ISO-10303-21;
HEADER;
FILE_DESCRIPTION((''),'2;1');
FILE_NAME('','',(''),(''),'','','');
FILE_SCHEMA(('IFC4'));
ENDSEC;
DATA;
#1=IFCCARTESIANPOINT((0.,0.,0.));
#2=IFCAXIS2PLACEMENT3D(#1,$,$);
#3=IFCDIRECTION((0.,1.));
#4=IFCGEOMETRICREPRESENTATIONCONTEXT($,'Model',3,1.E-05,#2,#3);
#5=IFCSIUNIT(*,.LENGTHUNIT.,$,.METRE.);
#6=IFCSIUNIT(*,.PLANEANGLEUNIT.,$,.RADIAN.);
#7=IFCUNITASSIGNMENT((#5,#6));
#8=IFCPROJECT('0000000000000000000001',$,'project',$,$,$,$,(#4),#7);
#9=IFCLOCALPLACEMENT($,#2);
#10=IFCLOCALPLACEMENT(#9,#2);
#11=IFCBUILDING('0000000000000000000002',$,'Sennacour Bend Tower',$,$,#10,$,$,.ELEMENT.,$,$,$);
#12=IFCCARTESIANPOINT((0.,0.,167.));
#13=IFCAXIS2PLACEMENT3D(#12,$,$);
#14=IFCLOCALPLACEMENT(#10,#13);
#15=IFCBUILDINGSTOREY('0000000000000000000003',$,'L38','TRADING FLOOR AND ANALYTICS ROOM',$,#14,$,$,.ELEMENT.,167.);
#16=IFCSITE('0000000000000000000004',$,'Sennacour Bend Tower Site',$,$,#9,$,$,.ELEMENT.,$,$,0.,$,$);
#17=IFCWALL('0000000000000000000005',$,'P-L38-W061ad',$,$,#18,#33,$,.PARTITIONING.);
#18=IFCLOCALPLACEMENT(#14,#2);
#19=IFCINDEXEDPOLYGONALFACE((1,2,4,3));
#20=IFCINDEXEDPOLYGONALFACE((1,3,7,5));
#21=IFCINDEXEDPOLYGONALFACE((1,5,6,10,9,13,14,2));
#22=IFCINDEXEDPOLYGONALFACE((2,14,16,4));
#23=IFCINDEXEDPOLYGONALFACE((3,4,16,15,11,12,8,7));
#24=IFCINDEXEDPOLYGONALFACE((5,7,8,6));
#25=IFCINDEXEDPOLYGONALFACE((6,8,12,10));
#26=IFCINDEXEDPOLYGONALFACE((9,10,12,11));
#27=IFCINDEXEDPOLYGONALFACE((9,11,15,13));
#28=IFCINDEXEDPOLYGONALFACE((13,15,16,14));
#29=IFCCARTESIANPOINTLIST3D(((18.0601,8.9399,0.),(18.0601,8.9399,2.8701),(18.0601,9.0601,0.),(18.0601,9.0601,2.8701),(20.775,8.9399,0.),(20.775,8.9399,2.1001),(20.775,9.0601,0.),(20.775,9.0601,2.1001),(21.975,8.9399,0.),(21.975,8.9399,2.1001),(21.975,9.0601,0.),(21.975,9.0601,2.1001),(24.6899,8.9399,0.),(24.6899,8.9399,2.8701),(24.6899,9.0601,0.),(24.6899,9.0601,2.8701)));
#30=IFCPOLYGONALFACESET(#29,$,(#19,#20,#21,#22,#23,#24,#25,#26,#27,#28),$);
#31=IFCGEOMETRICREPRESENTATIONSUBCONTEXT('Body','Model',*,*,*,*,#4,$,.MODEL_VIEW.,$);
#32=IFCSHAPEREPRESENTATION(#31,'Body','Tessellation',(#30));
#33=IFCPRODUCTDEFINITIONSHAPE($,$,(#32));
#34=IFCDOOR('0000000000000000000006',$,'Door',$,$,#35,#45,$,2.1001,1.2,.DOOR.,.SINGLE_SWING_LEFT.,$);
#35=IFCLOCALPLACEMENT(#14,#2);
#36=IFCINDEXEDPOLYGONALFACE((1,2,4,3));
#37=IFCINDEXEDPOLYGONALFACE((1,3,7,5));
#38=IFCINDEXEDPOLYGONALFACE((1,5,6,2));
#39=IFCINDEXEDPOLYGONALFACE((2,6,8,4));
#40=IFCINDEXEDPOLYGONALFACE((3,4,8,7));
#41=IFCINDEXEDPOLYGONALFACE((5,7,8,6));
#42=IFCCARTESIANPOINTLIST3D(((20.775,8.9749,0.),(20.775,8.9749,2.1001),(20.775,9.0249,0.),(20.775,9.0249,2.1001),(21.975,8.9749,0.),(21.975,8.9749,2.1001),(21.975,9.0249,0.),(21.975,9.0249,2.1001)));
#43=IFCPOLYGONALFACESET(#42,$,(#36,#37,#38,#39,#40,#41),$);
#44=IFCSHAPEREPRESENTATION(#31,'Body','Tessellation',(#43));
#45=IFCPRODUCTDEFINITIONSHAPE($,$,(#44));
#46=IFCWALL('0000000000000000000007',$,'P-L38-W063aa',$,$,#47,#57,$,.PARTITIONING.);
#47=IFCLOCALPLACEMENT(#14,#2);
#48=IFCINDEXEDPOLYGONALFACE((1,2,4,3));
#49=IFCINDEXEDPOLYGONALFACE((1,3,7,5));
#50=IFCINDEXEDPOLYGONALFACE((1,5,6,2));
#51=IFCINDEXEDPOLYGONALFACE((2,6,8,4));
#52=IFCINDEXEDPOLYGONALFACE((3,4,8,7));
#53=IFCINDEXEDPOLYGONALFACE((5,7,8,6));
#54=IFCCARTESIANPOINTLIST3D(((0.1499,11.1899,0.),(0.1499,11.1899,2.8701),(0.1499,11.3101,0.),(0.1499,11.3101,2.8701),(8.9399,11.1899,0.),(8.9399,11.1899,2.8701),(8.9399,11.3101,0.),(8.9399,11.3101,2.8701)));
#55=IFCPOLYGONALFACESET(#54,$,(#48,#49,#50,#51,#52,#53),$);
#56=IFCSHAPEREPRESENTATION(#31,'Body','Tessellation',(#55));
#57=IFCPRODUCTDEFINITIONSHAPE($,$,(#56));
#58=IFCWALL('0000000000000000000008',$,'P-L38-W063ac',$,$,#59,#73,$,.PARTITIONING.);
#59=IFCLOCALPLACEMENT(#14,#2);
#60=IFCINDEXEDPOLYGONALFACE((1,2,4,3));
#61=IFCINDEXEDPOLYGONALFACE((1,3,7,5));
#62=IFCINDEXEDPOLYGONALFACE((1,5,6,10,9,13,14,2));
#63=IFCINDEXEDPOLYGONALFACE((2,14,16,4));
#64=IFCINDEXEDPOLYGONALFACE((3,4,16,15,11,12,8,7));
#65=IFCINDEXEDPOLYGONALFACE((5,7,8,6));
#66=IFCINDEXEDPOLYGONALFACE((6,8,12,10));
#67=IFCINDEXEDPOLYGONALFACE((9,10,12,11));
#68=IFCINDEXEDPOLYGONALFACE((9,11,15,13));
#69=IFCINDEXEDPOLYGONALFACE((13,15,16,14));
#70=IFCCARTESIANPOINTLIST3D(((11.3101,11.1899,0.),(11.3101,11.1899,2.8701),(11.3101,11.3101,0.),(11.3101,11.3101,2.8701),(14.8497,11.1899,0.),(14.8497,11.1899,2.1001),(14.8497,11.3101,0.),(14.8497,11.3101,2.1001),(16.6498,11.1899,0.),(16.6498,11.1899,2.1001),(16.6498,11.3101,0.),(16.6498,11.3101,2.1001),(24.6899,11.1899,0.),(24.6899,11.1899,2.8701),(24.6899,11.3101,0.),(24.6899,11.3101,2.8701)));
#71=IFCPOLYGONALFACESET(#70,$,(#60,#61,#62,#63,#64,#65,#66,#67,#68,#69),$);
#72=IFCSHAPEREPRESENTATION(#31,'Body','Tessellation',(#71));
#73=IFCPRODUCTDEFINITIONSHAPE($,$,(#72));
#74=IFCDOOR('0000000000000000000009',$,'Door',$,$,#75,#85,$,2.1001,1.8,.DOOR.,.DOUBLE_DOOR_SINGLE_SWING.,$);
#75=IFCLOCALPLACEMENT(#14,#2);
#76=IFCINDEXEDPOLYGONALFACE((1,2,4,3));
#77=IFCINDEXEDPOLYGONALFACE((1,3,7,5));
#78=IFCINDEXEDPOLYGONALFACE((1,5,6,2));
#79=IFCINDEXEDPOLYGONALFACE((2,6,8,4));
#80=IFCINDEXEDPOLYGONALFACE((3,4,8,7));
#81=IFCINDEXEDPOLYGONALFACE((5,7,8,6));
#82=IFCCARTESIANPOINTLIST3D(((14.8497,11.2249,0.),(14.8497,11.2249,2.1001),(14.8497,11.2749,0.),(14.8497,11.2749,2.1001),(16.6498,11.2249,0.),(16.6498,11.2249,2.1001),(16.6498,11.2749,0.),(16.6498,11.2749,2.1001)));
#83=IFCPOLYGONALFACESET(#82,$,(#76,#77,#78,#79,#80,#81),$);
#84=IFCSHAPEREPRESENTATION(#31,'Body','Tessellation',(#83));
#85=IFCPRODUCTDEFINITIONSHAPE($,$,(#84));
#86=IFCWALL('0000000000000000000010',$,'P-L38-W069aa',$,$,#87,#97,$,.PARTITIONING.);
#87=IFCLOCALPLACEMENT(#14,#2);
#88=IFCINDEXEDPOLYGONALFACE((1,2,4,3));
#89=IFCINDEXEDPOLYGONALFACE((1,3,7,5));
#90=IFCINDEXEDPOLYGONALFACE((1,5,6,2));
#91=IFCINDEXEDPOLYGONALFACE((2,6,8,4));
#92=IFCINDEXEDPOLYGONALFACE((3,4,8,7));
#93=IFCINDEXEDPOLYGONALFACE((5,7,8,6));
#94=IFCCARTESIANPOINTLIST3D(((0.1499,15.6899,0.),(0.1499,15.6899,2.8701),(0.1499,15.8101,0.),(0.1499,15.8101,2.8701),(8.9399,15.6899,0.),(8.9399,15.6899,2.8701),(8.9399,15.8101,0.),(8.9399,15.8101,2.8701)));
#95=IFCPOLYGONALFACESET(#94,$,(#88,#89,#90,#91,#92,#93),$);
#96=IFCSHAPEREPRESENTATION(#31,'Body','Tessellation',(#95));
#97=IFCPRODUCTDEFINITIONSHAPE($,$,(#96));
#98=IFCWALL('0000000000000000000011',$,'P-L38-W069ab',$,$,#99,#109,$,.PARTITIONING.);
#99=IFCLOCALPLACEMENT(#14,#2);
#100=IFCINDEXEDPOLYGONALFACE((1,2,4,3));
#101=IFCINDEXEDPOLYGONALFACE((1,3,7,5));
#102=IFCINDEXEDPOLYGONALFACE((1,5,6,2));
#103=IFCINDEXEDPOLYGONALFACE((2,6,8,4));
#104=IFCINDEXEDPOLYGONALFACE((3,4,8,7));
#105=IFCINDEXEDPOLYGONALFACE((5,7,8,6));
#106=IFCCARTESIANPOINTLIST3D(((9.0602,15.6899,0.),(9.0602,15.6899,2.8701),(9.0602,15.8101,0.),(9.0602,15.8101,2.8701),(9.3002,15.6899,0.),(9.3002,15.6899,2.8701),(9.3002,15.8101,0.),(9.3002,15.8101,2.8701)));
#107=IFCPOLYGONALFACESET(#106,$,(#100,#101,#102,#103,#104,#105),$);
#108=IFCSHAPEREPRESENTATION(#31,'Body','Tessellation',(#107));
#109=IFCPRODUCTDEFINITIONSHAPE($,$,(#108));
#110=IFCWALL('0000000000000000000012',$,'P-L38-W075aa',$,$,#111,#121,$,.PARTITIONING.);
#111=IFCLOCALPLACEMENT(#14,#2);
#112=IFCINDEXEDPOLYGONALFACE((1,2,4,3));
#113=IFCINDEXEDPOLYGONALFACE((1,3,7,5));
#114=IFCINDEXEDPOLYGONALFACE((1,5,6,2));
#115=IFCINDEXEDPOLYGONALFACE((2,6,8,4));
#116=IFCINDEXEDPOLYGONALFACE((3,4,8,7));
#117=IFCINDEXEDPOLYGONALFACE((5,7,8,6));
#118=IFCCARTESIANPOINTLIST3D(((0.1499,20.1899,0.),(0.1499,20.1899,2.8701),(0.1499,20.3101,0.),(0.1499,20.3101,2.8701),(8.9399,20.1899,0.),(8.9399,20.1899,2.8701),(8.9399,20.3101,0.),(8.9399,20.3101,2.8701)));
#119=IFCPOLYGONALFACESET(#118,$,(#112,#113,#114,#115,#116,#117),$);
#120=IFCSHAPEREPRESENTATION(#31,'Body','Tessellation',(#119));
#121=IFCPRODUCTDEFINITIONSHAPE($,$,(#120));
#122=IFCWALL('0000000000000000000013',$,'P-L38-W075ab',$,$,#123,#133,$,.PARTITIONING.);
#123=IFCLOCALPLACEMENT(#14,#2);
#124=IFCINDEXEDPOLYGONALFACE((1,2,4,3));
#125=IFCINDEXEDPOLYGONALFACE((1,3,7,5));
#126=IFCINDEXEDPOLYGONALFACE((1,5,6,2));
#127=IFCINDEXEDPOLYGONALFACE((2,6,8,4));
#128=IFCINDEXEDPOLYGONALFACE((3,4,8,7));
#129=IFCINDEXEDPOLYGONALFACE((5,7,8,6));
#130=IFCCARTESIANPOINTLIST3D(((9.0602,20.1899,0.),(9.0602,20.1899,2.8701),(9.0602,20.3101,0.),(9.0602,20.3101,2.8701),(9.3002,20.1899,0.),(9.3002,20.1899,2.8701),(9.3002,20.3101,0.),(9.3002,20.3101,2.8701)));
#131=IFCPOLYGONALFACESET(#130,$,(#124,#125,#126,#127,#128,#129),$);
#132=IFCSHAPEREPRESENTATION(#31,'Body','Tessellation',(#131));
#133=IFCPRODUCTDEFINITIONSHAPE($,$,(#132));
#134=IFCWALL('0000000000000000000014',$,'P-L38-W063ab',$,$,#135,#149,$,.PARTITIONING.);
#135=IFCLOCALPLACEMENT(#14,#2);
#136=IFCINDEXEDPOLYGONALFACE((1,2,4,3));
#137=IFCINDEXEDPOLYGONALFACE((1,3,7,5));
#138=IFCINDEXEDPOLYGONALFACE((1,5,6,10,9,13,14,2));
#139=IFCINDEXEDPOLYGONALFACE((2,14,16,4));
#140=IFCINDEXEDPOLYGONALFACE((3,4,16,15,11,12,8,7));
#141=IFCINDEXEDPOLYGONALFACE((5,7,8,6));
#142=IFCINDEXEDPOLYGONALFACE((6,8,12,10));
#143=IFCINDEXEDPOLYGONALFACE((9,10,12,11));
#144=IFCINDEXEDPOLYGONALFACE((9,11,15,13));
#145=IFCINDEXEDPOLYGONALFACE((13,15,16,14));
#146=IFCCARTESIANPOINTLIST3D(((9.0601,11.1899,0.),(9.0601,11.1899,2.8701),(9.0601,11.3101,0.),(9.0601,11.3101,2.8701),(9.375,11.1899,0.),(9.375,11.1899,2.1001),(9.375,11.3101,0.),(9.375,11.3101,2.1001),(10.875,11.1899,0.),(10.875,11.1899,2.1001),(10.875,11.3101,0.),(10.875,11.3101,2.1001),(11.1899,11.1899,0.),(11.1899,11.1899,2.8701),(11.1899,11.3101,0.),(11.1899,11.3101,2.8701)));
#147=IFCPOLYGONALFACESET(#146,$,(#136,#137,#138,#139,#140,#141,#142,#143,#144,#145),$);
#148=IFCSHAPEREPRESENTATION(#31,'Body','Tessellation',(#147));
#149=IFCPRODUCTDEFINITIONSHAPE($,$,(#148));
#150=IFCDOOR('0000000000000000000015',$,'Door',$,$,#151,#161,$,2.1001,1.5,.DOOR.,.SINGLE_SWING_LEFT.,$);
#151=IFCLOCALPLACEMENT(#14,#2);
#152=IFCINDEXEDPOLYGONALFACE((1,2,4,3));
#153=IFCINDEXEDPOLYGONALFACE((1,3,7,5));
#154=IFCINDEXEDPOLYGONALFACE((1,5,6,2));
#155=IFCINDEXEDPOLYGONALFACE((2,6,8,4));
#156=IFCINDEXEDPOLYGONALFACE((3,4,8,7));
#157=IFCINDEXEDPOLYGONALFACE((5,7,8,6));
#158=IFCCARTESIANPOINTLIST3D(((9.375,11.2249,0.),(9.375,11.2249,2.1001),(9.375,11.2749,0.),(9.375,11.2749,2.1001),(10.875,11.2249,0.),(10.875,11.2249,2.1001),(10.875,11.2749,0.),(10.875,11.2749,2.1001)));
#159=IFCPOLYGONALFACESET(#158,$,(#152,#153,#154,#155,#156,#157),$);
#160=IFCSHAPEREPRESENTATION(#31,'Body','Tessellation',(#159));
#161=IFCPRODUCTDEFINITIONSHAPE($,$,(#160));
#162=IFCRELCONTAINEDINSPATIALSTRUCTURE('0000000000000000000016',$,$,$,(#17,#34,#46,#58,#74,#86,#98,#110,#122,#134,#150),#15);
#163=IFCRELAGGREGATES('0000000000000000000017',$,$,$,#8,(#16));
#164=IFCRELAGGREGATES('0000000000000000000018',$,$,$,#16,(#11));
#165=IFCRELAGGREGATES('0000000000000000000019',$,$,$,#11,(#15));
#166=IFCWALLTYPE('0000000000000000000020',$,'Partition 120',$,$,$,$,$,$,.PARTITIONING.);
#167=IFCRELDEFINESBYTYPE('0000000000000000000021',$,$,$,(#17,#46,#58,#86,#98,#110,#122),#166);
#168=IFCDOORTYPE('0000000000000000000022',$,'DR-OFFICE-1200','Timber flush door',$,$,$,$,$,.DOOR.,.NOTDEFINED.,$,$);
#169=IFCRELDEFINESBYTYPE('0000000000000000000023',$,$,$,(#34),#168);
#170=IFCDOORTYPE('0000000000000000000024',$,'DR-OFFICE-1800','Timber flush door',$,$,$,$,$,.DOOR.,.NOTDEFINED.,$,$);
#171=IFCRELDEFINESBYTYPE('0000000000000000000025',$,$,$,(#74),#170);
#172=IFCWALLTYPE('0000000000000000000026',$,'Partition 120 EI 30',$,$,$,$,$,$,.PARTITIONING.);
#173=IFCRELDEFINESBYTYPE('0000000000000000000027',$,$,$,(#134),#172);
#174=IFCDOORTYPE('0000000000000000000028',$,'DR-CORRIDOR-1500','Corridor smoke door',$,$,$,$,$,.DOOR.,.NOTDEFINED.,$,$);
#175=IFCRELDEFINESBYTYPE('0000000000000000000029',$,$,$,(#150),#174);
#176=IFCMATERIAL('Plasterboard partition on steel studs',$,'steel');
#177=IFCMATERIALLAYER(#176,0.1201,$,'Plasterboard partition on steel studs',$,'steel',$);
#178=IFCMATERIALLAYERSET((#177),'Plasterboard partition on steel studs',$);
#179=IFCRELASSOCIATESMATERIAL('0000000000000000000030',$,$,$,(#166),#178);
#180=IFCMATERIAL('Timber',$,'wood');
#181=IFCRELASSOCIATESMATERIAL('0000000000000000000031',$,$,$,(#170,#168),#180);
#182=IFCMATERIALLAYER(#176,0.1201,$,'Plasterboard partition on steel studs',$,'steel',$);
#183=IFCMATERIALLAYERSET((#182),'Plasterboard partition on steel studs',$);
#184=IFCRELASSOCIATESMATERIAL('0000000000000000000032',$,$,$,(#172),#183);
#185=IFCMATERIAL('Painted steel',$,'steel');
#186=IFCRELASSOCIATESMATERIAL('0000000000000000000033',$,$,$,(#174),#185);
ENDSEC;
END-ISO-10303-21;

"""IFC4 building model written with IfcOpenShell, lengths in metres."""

from ifc_helpers import new_model, si_unit, direction, frame, frame_2d, origin, place, context, subcontext, project, spatial, rectangle, extrude, material, layer, layer_set, type_object, element, fill, save


model = new_model("IFC4")

# Units and contexts
model_context = context("Model", 3, precision=1e-05, world=origin(), true_north=direction((0.0, 1.0)))
body_context = subcontext(model_context, "Body", "Model", "MODEL_VIEW")
ifc_project = project(units=[si_unit("LENGTHUNIT", "METRE"), si_unit("PLANEANGLEUNIT", "RADIAN")], contexts=[model_context])

# Site, building, storey
site_placement = place(None, origin())
site = spatial("IfcSite", under=ifc_project, at=site_placement, Name="Sennacour Bend Tower Site", CompositionType="ELEMENT", RefElevation=0.0)
building_placement = place(site_placement, origin())
building = spatial("IfcBuilding", under=site, at=building_placement, Name="Sennacour Bend Tower", CompositionType="ELEMENT")
storey_placement = place(building_placement, frame((0.0, 0.0, 167.0)))
storey = spatial("IfcBuildingStorey", under=building, at=storey_placement, Name="L38", Description="TRADING FLOOR AND ANALYTICS ROOM", CompositionType="ELEMENT", Elevation=167.0)

# Shared definitions
ifc_material_1 = material(Name="Plasterboard partition on steel studs", Category="steel")
ifc_layer_1 = layer(ifc_material_1, 0.1201, Name="Plasterboard partition on steel studs", Category="steel")
ifc_layer_set_1 = layer_set([ifc_layer_1], Name="Plasterboard partition on steel studs")
wall_type_1 = type_object("IfcWallType", Name="Partition 120", PredefinedType="PARTITIONING", material=ifc_layer_set_1)
ifc_material_2 = material(Name="Timber", Category="wood")
door_type_1 = type_object("IfcDoorType", Name="DR-OFFICE-1800", Description="Timber flush door", OperationType="NOTDEFINED", PredefinedType="DOOR", material=ifc_material_2)
door_type_2 = type_object("IfcDoorType", Name="DR-OFFICE-1200", Description="Timber flush door", OperationType="NOTDEFINED", PredefinedType="DOOR", material=ifc_material_2)

# Wall, opening, door
wall_1_placement = place(storey_placement, frame((18.0601, 9.0, 0.0), z_axis=(0.0, 0.0, 1.0), x_axis=(1.0, 0.0, 0.0)))
wall_1 = element("IfcWall", 1, at=wall_1_placement, inside=storey, type_object=wall_type_1, Name="P-L38-W061ad", PredefinedType="PARTITIONING", context=body_context, shape_type="SweptSolid", body=[
    extrude(rectangle(XDim=6.6299, YDim=0.1201, at=frame_2d((3.3149, 0.0))), origin(), (0.0, 0.0, 1.0), 2.8701),
])
opening_1_placement = place(wall_1_placement, frame((2.7148, 0.0, 0.0)))
opening_1 = element("IfcOpeningElement", 2, at=opening_1_placement, cuts=wall_1, PredefinedType="OPENING", context=body_context, shape_type="SweptSolid", body=[
    extrude(rectangle(XDim=1.2, YDim=2.1001, at=frame_2d((0.6001, 1.05))), frame((0.0, 0.0701, 0.0), z_axis=(0.0, -1.0, 0.0), x_axis=(1.0, 0.0, 0.0)), (0.0, 0.0, 1.0), 0.1401),
])
door_1_placement = place(opening_1_placement, origin())
door_1 = element("IfcDoor", 3, at=door_1_placement, inside=storey, type_object=door_type_2, Name="Door", OperationType="SINGLE_SWING_LEFT", OverallHeight=2.1001, OverallWidth=1.2, PredefinedType="DOOR", context=body_context, shape_type="SweptSolid", body=[
    extrude(rectangle(XDim=1.2, YDim=2.1001, at=frame_2d((0.6001, 1.05))), frame((0.0, 0.0249, 0.0), z_axis=(0.0, -1.0, 0.0), x_axis=(1.0, 0.0, 0.0)), (0.0, 0.0, 1.0), 0.05),
])
fill(opening_1, door_1)

# Wall
wall_2_placement = place(storey_placement, frame((0.1499, 11.25, 0.0), z_axis=(0.0, 0.0, 1.0), x_axis=(1.0, 0.0, 0.0)))
element("IfcWall", 4, at=wall_2_placement, inside=storey, type_object=wall_type_1, Name="P-L38-W063aa", PredefinedType="PARTITIONING", context=body_context, shape_type="SweptSolid", body=[
    extrude(rectangle(XDim=8.79, YDim=0.1201, at=frame_2d((4.395, 0.0))), origin(), (0.0, 0.0, 1.0), 2.8701),
])

# Wall, opening, door
wall_3_placement = place(storey_placement, frame((11.3101, 11.25, 0.0), z_axis=(0.0, 0.0, 1.0), x_axis=(1.0, 0.0, 0.0)))
wall_3 = element("IfcWall", 5, at=wall_3_placement, inside=storey, type_object=wall_type_1, Name="P-L38-W063ac", PredefinedType="PARTITIONING", context=body_context, shape_type="SweptSolid", body=[
    extrude(rectangle(XDim=13.3799, YDim=0.1201, at=frame_2d((6.6899, 0.0))), origin(), (0.0, 0.0, 1.0), 2.8701),
])
opening_2_placement = place(wall_3_placement, frame((3.5398, 0.0, 0.0)))
opening_2 = element("IfcOpeningElement", 6, at=opening_2_placement, cuts=wall_3, PredefinedType="OPENING", context=body_context, shape_type="SweptSolid", body=[
    extrude(rectangle(XDim=1.8, YDim=2.1001, at=frame_2d((0.8999, 1.05))), frame((0.0, 0.0701, 0.0), z_axis=(0.0, -1.0, 0.0), x_axis=(1.0, 0.0, 0.0)), (0.0, 0.0, 1.0), 0.1401),
])
door_2_placement = place(opening_2_placement, origin())
door_2 = element("IfcDoor", 7, at=door_2_placement, inside=storey, type_object=door_type_1, Name="Door", OperationType="DOUBLE_DOOR_SINGLE_SWING", OverallHeight=2.1001, OverallWidth=1.8, PredefinedType="DOOR", context=body_context, shape_type="SweptSolid", body=[
    extrude(rectangle(XDim=1.8, YDim=2.1001, at=frame_2d((0.8999, 1.05))), frame((0.0, 0.0249, 0.0), z_axis=(0.0, -1.0, 0.0), x_axis=(1.0, 0.0, 0.0)), (0.0, 0.0, 1.0), 0.05),
])
fill(opening_2, door_2)

# Walls
wall_4_placement = place(storey_placement, frame((0.1499, 15.75, 0.0), z_axis=(0.0, 0.0, 1.0), x_axis=(1.0, 0.0, 0.0)))
element("IfcWall", 8, at=wall_4_placement, inside=storey, type_object=wall_type_1, Name="P-L38-W069aa", PredefinedType="PARTITIONING", context=body_context, shape_type="SweptSolid", body=[
    extrude(rectangle(XDim=8.79, YDim=0.1201, at=frame_2d((4.395, 0.0))), origin(), (0.0, 0.0, 1.0), 2.8701),
])
wall_5_placement = place(storey_placement, frame((9.0601, 15.75, 0.0), z_axis=(0.0, 0.0, 1.0), x_axis=(1.0, 0.0, 0.0)))
element("IfcWall", 9, at=wall_5_placement, inside=storey, type_object=wall_type_1, Name="P-L38-W069ab", PredefinedType="PARTITIONING", context=body_context, shape_type="SweptSolid", body=[
    extrude(rectangle(XDim=0.24, YDim=0.1201, at=frame_2d((0.1201, 0.0))), origin(), (0.0, 0.0, 1.0), 2.8701),
])
wall_6_placement = place(storey_placement, frame((0.1499, 20.25, 0.0), z_axis=(0.0, 0.0, 1.0), x_axis=(1.0, 0.0, 0.0)))
element("IfcWall", 10, at=wall_6_placement, inside=storey, type_object=wall_type_1, Name="P-L38-W075aa", PredefinedType="PARTITIONING", context=body_context, shape_type="SweptSolid", body=[
    extrude(rectangle(XDim=8.79, YDim=0.1201, at=frame_2d((4.395, 0.0))), origin(), (0.0, 0.0, 1.0), 2.8701),
])
wall_7_placement = place(storey_placement, frame((9.0601, 20.25, 0.0), z_axis=(0.0, 0.0, 1.0), x_axis=(1.0, 0.0, 0.0)))
element("IfcWall", 11, at=wall_7_placement, inside=storey, type_object=wall_type_1, Name="P-L38-W075ab", PredefinedType="PARTITIONING", context=body_context, shape_type="SweptSolid", body=[
    extrude(rectangle(XDim=0.24, YDim=0.1201, at=frame_2d((0.1201, 0.0))), origin(), (0.0, 0.0, 1.0), 2.8701),
])

# Wall, opening, door
ifc_layer_2 = layer(ifc_material_1, 0.1201, Name="Plasterboard partition on steel studs", Category="steel")
ifc_layer_set_2 = layer_set([ifc_layer_2], Name="Plasterboard partition on steel studs")
wall_type_2 = type_object("IfcWallType", Name="Partition 120 EI 30", PredefinedType="PARTITIONING", material=ifc_layer_set_2)
wall_8_placement = place(storey_placement, frame((9.0601, 11.25, 0.0), z_axis=(0.0, 0.0, 1.0), x_axis=(1.0, 0.0, 0.0)))
wall_8 = element("IfcWall", 12, at=wall_8_placement, inside=storey, type_object=wall_type_2, Name="P-L38-W063ab", PredefinedType="PARTITIONING", context=body_context, shape_type="SweptSolid", body=[
    extrude(rectangle(XDim=2.1299, YDim=0.1201, at=frame_2d((1.0649, 0.0))), origin(), (0.0, 0.0, 1.0), 2.8701),
])
opening_3_placement = place(wall_8_placement, frame((0.3149, 0.0, 0.0)))
opening_3 = element("IfcOpeningElement", 13, at=opening_3_placement, cuts=wall_8, PredefinedType="OPENING", context=body_context, shape_type="SweptSolid", body=[
    extrude(rectangle(XDim=1.5, YDim=2.1001, at=frame_2d((0.75, 1.05))), frame((0.0, 0.0701, 0.0), z_axis=(0.0, -1.0, 0.0), x_axis=(1.0, 0.0, 0.0)), (0.0, 0.0, 1.0), 0.1401),
])
ifc_material_3 = material(Name="Painted steel", Category="steel")
door_type_3 = type_object("IfcDoorType", Name="DR-CORRIDOR-1500", Description="Corridor smoke door", OperationType="NOTDEFINED", PredefinedType="DOOR", material=ifc_material_3)
door_3_placement = place(opening_3_placement, origin())
door_3 = element("IfcDoor", 14, at=door_3_placement, inside=storey, type_object=door_type_3, Name="Door", OperationType="SINGLE_SWING_LEFT", OverallHeight=2.1001, OverallWidth=1.5, PredefinedType="DOOR", context=body_context, shape_type="SweptSolid", body=[
    extrude(rectangle(XDim=1.5, YDim=2.1001, at=frame_2d((0.75, 1.05))), frame((0.0, 0.0249, 0.0), z_axis=(0.0, -1.0, 0.0), x_axis=(1.0, 0.0, 0.0)), (0.0, 0.0, 1.0), 0.05),
])
fill(opening_3, door_3)

save(model, "model.ifc")
